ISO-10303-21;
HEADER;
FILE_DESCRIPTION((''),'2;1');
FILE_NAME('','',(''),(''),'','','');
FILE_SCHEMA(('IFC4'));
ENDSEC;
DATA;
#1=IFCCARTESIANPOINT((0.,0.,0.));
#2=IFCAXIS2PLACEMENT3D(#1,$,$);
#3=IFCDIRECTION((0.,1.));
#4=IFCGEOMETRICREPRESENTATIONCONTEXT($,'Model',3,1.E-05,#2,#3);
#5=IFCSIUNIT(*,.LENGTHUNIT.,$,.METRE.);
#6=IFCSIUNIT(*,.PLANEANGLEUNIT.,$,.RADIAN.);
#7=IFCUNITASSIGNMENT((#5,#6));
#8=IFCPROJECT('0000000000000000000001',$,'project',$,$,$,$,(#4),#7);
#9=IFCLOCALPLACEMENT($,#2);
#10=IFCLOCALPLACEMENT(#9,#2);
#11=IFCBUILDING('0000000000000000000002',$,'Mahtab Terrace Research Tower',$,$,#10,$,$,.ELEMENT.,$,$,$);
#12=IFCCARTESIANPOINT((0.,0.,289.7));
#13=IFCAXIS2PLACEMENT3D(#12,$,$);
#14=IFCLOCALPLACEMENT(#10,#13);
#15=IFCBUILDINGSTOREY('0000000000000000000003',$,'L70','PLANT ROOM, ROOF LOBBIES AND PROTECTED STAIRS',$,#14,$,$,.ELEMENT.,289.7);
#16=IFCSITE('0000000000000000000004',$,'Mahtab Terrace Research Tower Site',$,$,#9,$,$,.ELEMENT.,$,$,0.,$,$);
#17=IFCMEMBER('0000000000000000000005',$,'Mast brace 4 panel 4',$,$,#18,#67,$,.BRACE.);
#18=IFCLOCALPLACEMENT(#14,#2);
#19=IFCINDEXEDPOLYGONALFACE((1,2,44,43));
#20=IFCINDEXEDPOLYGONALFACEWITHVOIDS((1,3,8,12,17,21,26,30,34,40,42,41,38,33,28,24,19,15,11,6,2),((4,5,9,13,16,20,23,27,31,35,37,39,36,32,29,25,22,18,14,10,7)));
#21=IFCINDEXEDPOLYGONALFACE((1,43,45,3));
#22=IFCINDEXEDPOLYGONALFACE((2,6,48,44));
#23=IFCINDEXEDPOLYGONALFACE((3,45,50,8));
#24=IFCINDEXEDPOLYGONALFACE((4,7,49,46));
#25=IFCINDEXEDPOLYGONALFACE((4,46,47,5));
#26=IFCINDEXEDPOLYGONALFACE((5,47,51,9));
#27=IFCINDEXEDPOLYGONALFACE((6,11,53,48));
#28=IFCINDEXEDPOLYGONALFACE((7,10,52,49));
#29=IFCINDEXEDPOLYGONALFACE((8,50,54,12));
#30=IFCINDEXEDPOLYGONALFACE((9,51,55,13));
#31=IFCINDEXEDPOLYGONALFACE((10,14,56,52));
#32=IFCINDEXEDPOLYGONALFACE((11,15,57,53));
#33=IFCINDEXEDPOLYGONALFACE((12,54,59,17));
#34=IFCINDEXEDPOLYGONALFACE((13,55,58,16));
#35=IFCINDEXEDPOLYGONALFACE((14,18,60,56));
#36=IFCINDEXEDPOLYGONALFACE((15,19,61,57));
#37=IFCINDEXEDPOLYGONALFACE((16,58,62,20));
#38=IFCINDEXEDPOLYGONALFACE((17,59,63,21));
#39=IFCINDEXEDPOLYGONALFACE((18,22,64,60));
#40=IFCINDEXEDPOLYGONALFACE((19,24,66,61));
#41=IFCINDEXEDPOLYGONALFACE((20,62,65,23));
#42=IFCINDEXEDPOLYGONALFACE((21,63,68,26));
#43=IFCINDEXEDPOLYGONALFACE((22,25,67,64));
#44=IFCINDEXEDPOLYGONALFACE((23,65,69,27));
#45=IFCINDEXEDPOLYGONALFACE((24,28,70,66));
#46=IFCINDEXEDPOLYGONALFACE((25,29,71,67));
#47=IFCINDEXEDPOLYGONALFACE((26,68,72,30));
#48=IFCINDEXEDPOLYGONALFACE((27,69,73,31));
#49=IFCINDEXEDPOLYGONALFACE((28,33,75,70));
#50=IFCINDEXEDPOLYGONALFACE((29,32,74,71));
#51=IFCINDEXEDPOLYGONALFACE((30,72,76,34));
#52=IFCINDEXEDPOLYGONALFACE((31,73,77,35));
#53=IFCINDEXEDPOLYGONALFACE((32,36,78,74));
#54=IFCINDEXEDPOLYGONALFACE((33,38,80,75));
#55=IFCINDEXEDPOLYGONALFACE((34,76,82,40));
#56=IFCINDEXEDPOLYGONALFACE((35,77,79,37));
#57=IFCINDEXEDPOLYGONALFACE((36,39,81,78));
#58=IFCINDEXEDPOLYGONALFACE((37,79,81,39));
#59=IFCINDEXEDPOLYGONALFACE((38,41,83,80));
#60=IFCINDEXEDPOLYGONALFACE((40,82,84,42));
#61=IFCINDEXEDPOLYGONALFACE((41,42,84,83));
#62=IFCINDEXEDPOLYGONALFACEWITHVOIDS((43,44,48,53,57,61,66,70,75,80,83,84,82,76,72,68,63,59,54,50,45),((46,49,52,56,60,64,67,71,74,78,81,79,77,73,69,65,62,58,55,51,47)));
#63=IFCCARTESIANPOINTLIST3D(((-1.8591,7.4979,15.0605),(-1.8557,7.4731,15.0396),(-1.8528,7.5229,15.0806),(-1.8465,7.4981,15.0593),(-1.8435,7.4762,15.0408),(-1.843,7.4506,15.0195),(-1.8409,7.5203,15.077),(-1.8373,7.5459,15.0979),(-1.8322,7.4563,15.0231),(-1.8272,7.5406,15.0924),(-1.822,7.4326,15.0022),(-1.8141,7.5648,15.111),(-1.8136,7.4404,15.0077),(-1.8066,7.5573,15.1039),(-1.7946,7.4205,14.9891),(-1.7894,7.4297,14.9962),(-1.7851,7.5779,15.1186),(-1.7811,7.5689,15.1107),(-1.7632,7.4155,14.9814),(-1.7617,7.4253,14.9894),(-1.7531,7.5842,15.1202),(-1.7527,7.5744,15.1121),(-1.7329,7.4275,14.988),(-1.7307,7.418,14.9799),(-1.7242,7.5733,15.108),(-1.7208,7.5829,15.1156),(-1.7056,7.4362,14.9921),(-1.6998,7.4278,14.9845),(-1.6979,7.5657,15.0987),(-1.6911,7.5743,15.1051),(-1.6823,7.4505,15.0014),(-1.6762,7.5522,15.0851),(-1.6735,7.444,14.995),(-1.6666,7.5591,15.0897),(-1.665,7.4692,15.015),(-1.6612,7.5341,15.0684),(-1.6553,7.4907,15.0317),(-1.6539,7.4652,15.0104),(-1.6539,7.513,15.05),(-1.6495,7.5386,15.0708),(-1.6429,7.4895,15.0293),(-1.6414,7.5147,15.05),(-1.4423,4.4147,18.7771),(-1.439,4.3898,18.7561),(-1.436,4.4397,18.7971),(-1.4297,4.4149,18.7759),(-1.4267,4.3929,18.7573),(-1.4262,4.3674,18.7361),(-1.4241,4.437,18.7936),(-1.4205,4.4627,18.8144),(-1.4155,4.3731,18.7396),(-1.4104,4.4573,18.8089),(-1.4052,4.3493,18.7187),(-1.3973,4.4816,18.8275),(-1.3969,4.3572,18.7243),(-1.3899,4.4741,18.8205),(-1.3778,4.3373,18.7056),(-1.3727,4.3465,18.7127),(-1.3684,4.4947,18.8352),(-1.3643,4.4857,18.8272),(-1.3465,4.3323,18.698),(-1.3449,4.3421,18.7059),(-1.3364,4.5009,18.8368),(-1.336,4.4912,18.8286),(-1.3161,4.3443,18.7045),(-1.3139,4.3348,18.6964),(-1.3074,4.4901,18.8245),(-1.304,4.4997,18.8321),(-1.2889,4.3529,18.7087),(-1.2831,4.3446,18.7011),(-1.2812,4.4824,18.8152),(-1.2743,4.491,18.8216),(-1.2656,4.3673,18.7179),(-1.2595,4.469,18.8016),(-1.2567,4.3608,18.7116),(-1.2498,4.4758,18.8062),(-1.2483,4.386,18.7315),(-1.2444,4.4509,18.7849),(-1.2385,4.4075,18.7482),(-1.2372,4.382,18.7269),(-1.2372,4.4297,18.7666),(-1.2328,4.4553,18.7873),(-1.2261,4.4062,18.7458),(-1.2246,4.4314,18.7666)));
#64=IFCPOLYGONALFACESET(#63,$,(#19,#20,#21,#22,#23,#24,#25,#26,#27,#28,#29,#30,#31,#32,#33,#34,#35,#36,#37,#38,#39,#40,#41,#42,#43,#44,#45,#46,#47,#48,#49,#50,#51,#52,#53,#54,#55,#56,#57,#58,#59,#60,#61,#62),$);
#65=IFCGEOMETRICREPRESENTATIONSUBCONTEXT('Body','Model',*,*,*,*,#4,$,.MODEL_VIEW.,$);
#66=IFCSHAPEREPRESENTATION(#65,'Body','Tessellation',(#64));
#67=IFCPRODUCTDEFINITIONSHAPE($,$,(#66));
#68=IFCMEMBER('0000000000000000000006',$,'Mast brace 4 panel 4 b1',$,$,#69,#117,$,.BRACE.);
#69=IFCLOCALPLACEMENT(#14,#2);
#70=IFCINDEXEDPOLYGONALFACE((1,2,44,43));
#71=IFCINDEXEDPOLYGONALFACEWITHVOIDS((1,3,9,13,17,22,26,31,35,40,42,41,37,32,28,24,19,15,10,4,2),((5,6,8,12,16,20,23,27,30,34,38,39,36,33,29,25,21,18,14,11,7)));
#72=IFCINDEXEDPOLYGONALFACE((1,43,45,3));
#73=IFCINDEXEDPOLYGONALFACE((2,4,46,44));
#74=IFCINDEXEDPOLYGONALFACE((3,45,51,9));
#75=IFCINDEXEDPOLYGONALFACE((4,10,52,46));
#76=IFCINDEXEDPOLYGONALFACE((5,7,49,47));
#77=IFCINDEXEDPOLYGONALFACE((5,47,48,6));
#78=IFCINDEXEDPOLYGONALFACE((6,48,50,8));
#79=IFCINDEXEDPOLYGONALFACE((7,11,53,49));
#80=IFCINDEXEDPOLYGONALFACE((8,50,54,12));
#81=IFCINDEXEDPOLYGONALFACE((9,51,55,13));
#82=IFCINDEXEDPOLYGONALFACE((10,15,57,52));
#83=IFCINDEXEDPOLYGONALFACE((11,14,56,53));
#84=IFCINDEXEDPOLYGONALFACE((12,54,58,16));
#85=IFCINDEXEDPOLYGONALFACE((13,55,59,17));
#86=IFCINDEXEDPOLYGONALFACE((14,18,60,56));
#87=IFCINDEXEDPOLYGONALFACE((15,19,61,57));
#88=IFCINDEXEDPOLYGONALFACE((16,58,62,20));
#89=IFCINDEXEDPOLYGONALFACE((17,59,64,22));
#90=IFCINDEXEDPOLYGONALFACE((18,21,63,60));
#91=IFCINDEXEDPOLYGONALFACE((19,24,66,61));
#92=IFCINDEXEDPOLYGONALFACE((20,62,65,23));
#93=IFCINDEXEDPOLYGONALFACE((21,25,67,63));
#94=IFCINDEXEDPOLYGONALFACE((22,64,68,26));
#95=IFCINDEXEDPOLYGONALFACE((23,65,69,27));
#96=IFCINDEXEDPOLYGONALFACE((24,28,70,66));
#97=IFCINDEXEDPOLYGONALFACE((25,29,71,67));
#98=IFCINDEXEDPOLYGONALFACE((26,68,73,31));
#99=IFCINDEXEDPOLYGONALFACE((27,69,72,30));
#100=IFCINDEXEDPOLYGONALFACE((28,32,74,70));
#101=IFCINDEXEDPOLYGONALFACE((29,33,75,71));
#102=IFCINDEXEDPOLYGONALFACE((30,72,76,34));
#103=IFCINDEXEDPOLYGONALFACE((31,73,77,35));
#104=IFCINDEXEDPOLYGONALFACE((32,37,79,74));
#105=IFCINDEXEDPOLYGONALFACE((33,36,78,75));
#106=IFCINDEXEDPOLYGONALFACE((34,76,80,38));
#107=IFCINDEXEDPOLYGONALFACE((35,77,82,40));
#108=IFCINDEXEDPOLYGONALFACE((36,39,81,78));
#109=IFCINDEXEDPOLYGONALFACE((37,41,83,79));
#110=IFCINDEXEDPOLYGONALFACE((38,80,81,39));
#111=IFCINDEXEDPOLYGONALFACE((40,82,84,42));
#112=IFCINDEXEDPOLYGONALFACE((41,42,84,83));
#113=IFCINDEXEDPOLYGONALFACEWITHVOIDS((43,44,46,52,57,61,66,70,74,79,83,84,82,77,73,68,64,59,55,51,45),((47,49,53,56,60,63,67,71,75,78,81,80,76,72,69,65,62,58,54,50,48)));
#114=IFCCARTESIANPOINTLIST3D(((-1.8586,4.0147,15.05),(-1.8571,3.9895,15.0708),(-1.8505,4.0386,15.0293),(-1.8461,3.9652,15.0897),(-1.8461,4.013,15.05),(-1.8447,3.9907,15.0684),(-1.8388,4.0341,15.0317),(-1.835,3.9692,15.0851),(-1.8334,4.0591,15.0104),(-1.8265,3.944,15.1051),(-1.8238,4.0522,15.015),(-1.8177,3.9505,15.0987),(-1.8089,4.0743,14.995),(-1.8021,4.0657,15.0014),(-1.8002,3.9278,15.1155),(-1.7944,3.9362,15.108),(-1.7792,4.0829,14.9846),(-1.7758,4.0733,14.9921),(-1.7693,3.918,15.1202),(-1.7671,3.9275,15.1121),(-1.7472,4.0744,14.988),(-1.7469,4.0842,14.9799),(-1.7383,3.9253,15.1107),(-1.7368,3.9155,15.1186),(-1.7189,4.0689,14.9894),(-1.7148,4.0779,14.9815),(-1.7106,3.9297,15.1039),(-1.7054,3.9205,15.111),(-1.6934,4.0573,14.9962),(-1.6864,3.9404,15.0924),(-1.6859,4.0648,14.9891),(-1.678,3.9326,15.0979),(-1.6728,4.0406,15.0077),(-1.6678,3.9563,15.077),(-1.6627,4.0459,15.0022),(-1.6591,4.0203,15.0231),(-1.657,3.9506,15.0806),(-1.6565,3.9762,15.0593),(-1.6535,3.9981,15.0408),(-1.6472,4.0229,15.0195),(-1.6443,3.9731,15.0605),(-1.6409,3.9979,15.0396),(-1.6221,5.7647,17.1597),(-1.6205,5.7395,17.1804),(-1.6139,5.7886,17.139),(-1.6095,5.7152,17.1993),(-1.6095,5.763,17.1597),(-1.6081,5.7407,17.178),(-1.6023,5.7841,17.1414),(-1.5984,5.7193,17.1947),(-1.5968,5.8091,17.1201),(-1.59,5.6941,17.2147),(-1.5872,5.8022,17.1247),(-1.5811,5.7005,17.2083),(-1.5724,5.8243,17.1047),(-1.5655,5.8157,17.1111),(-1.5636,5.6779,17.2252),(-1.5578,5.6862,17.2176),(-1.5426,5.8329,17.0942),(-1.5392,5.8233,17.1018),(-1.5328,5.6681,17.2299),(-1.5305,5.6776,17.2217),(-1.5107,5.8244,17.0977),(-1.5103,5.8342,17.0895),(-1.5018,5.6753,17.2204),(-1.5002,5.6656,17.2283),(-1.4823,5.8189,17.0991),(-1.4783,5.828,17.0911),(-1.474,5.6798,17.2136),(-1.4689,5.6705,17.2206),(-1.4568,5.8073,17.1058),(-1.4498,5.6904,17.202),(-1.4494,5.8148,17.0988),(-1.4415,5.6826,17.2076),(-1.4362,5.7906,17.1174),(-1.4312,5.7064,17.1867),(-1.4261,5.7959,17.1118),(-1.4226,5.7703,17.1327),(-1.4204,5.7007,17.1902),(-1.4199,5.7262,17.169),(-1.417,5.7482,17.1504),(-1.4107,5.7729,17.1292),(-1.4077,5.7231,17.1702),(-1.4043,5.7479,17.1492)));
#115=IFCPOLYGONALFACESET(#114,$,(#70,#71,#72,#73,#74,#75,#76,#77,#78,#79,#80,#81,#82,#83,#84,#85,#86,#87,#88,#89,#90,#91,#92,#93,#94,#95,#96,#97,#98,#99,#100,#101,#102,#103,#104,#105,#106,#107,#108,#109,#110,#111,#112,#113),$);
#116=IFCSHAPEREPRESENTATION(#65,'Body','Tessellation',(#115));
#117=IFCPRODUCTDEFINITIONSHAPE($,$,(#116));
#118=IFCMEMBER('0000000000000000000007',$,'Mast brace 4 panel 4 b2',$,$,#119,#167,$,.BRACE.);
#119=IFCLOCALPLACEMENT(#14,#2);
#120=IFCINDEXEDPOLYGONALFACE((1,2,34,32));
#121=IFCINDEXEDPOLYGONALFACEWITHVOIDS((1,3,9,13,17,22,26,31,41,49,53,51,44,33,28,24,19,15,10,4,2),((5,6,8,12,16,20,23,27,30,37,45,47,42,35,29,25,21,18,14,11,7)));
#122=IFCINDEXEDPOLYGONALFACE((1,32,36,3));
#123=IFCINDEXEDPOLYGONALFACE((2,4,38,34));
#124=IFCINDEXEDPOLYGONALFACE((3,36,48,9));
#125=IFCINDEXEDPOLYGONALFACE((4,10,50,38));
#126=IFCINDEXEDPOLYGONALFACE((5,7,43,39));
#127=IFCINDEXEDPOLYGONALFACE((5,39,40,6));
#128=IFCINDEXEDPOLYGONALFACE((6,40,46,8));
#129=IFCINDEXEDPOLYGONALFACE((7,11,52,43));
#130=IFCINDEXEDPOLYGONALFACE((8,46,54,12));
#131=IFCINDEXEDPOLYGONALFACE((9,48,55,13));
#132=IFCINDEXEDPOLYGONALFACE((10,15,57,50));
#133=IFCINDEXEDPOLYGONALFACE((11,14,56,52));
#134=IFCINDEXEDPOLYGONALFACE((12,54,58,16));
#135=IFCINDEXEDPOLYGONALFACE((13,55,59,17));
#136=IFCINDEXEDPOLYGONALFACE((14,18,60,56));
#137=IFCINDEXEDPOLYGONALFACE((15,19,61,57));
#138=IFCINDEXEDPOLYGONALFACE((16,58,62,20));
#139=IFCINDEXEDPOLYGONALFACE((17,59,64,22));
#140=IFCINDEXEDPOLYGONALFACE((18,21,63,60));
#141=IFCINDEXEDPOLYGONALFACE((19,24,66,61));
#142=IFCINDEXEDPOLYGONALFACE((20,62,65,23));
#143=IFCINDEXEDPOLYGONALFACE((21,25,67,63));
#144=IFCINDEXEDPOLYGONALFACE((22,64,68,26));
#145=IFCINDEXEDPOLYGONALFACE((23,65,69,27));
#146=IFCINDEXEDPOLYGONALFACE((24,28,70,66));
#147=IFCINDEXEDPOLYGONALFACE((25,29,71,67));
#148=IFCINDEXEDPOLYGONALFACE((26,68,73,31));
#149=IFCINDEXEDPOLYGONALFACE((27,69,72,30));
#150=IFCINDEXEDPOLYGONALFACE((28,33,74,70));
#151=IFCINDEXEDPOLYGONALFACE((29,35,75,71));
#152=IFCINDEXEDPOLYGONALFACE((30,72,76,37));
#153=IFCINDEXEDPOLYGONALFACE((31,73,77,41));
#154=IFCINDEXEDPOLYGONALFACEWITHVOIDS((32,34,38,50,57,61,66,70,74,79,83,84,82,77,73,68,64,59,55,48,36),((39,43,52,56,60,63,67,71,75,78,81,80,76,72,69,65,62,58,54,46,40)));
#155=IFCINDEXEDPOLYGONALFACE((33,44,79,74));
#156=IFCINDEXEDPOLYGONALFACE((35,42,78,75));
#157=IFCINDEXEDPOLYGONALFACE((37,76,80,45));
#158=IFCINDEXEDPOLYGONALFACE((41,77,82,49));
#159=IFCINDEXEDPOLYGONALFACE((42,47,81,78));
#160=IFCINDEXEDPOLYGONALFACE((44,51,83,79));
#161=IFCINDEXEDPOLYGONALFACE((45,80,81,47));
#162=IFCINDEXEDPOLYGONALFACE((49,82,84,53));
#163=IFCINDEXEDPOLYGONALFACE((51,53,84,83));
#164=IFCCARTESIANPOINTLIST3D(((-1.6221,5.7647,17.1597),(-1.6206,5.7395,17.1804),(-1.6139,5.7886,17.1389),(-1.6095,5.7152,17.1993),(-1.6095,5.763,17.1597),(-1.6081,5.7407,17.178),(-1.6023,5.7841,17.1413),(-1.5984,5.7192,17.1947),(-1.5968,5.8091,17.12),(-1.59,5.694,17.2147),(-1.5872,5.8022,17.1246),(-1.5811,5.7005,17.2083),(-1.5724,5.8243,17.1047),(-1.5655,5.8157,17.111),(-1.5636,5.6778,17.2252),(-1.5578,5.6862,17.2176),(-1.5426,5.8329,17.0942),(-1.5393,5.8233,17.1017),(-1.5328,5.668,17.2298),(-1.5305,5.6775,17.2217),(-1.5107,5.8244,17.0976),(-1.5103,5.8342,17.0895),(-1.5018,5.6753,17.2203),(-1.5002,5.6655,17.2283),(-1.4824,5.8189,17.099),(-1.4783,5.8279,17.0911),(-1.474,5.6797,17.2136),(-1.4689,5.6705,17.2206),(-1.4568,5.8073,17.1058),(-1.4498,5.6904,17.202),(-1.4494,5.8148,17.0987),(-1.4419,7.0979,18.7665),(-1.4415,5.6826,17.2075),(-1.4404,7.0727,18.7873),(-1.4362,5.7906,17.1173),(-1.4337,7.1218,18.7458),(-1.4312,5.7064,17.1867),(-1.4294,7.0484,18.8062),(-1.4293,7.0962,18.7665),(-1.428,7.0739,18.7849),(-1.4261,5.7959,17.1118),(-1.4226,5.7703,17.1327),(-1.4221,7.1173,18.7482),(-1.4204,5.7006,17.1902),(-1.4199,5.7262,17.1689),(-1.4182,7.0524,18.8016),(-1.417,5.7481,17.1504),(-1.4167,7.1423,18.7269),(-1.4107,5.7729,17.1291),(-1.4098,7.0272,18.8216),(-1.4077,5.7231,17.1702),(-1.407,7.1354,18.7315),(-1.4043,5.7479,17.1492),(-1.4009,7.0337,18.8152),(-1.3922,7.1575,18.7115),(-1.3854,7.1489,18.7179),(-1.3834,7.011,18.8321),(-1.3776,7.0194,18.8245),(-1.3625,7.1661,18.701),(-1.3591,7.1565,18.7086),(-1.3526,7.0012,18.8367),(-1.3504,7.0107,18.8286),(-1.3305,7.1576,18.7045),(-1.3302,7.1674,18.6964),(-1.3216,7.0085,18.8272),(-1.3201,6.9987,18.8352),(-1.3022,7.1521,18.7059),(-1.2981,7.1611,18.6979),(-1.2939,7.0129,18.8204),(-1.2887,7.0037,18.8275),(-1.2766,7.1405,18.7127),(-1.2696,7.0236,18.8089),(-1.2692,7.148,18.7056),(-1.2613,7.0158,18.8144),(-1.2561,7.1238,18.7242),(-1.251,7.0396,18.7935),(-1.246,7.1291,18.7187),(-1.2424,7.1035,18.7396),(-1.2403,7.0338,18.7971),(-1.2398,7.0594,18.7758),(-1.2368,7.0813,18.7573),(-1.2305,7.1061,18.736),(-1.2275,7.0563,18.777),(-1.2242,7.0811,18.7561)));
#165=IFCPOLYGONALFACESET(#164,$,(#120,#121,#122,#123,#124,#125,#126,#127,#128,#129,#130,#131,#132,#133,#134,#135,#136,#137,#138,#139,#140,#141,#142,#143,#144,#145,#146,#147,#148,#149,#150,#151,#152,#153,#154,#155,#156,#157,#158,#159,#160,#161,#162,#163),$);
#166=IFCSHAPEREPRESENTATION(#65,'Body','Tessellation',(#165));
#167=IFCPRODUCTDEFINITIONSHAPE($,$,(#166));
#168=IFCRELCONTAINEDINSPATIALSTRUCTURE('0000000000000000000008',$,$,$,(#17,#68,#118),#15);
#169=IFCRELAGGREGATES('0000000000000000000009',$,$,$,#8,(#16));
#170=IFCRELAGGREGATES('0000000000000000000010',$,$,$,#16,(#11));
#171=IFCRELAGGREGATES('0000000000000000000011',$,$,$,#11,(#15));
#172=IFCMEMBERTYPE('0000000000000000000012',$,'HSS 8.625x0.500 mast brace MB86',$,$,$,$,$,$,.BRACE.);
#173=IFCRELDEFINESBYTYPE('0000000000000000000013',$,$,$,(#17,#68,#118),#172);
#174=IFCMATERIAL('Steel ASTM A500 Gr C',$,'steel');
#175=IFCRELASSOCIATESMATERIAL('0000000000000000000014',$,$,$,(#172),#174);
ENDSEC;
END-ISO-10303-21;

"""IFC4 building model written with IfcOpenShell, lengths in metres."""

from ifc_helpers import new_model, si_unit, direction, frame, origin, origin_2d, place, context, subcontext, project, spatial, hollow_circle, extrude, material, material_profile, profile_set, type_object, element, save


model = new_model("IFC4")

# Units and contexts
model_context = context("Model", 3, precision=1e-05, world=origin(), true_north=direction((0.0, 1.0)))
body_context = subcontext(model_context, "Body", "Model", "MODEL_VIEW")
ifc_project = project(units=[si_unit("LENGTHUNIT", "METRE"), si_unit("PLANEANGLEUNIT", "RADIAN")], contexts=[model_context])

# Site, building, storey
site_placement = place(None, origin())
site = spatial("IfcSite", under=ifc_project, at=site_placement, Name="Mahtab Terrace Research Tower Site", CompositionType="ELEMENT", RefElevation=0.0)
building_placement = place(site_placement, origin())
building = spatial("IfcBuilding", under=site, at=building_placement, Name="Mahtab Terrace Research Tower", CompositionType="ELEMENT")
storey_placement = place(building_placement, frame((0.0, 0.0, 289.7)))
storey = spatial("IfcBuildingStorey", under=building, at=storey_placement, Name="L70", Description="PLANT ROOM, ROOF LOBBIES AND PROTECTED STAIRS", CompositionType="ELEMENT", Elevation=289.7)

# Members
ifc_material_1 = material(Name="Steel ASTM A500 Gr C", Category="steel")
ifc_material_profile_1 = material_profile(ifc_material_1, hollow_circle(Radius=0.1096, WallThickness=0.0127, at=origin_2d()), Name="HSS8.625X0.500")
ifc_profile_set_1 = profile_set([ifc_material_profile_1], Name="Steel ASTM A500 Gr C")
member_type_1 = type_object("IfcMemberType", Name="HSS 8.625x0.500 mast brace MB86", PredefinedType="BRACE", material=ifc_profile_set_1)
member_1_placement = place(storey_placement, frame((-1.75, 7.5, 15.05), z_axis=(0.085982, -0.636123, 0.766782), x_axis=(0.990988, 0.133947, 0.0)))
element("IfcMember", 1, at=member_1_placement, inside=storey, type_object=member_type_1, Name="Mast brace 4 panel 4", PredefinedType="BRACE", context=body_context, shape_type="SweptSolid", body=[
    extrude(hollow_circle(Radius=0.1096, WallThickness=0.0127, at=origin_2d()), origin(), (0.0, 0.0, 1.0), 4.8469),
])
member_2_placement = place(storey_placement, frame((-1.75, 4.0, 15.05), z_axis=(0.08599, 0.636092, 0.766807), x_axis=(-0.990986, 0.133966, 0.0)))
element("IfcMember", 2, at=member_2_placement, inside=storey, type_object=member_type_1, Name="Mast brace 4 panel 4 b1", PredefinedType="BRACE", context=body_context, shape_type="SweptSolid", body=[
    extrude(hollow_circle(Radius=0.1096, WallThickness=0.0127, at=origin_2d()), origin(), (0.0, 0.0, 1.0), 2.7512),
])
member_3_placement = place(storey_placement, frame((-1.5134, 5.75, 17.1597), z_axis=(0.085971, 0.636163, 0.76675), x_axis=(-0.990992, 0.133923, 0.0)))
element("IfcMember", 3, at=member_3_placement, inside=storey, type_object=member_type_1, Name="Mast brace 4 panel 4 b2", PredefinedType="BRACE", context=body_context, shape_type="SweptSolid", body=[
    extrude(hollow_circle(Radius=0.1096, WallThickness=0.0127, at=origin_2d()), origin(), (0.0, 0.0, 1.0), 2.0957),
])

save(model, "model.ifc")
